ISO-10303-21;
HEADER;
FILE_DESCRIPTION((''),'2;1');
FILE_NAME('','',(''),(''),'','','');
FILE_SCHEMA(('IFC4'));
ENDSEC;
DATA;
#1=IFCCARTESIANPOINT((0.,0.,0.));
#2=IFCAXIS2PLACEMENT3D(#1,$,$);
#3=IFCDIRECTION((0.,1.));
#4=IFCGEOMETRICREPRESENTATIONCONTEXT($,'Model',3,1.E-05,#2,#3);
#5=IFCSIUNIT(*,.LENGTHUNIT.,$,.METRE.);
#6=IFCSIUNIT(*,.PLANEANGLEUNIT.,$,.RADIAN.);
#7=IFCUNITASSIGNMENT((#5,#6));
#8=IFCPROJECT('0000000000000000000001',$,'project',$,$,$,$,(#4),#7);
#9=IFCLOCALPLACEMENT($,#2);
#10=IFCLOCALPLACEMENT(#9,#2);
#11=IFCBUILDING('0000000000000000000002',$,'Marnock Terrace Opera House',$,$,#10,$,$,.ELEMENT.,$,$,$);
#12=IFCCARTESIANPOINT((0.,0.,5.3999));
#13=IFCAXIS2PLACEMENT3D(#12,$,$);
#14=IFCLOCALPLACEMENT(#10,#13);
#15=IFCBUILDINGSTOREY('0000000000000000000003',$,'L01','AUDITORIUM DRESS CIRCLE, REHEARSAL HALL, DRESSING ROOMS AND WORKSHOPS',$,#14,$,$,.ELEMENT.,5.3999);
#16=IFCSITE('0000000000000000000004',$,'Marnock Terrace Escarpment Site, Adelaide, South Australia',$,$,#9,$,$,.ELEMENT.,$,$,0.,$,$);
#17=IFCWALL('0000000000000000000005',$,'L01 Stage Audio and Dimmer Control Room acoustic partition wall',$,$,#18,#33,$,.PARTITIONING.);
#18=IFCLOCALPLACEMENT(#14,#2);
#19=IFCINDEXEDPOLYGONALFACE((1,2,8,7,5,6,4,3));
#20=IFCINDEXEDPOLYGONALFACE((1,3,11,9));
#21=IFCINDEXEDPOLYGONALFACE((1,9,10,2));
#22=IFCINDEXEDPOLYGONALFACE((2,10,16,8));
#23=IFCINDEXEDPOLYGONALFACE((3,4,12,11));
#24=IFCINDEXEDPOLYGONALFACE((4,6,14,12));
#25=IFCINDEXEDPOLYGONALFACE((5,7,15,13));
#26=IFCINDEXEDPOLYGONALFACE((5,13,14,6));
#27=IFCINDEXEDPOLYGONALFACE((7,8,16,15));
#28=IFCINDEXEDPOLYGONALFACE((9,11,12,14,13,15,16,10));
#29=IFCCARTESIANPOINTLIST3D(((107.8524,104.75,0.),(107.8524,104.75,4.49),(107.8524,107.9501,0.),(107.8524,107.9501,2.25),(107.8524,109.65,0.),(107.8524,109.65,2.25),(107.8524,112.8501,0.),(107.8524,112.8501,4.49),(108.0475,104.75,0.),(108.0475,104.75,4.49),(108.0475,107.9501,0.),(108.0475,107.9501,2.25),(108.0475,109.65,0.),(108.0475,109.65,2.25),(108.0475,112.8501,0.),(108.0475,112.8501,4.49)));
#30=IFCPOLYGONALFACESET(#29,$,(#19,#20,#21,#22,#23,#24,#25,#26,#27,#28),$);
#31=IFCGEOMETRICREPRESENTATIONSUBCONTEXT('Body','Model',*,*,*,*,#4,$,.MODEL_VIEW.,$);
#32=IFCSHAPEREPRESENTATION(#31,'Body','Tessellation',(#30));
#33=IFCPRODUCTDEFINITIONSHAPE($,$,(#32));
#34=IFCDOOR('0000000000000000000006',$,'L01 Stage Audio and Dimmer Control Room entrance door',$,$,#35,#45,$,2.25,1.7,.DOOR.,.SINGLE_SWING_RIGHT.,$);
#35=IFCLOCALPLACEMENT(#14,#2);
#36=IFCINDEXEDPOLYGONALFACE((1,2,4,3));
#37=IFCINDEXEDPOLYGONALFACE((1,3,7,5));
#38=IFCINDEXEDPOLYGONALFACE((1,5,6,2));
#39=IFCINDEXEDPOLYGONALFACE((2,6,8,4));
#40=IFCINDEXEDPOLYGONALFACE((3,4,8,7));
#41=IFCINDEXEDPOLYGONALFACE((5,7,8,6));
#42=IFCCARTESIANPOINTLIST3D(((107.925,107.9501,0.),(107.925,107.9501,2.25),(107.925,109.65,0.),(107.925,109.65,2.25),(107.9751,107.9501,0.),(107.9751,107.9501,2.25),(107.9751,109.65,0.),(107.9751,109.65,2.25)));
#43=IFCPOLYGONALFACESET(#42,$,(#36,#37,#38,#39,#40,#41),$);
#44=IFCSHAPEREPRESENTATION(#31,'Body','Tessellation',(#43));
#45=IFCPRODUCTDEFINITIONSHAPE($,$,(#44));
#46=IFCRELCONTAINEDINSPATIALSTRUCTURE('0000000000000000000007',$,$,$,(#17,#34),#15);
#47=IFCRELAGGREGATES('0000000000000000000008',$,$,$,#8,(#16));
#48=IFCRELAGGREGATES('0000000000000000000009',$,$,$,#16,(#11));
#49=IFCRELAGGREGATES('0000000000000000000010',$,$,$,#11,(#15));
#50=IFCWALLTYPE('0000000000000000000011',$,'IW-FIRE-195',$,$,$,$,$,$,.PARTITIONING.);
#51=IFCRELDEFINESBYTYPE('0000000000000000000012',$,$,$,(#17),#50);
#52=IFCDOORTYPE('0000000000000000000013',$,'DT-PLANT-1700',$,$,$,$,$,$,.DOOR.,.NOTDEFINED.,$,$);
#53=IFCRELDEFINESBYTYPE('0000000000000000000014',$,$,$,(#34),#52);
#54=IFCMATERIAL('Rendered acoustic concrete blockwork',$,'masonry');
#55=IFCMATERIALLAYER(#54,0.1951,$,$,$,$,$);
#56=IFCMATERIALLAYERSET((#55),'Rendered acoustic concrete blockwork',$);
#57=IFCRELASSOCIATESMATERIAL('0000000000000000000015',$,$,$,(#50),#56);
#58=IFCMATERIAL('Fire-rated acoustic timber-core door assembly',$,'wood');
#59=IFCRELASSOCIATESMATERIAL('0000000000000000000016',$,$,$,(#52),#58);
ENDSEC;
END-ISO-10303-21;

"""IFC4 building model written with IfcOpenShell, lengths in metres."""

from ifc_helpers import new_model, si_unit, direction, frame, frame_2d, origin, place, context, subcontext, project, spatial, rectangle, extrude, material, layer, layer_set, type_object, element, fill, save


model = new_model("IFC4")

# Units and contexts
model_context = context("Model", 3, precision=1e-05, world=origin(), true_north=direction((0.0, 1.0)))
body_context = subcontext(model_context, "Body", "Model", "MODEL_VIEW")
ifc_project = project(units=[si_unit("LENGTHUNIT", "METRE"), si_unit("PLANEANGLEUNIT", "RADIAN")], contexts=[model_context])

# Site, building, storey
site_placement = place(None, origin())
site = spatial("IfcSite", under=ifc_project, at=site_placement, Name="Marnock Terrace Escarpment Site, Adelaide, South Australia", CompositionType="ELEMENT", RefElevation=0.0)
building_placement = place(site_placement, origin())
building = spatial("IfcBuilding", under=site, at=building_placement, Name="Marnock Terrace Opera House", CompositionType="ELEMENT")
storey_placement = place(building_placement, frame((0.0, 0.0, 5.3999)))
storey = spatial("IfcBuildingStorey", under=building, at=storey_placement, Name="L01", Description="AUDITORIUM DRESS CIRCLE, REHEARSAL HALL, DRESSING ROOMS AND WORKSHOPS", CompositionType="ELEMENT", Elevation=5.3999)

# Wall, opening, door
ifc_material_1 = material(Name="Rendered acoustic concrete blockwork", Category="masonry")
ifc_layer_1 = layer(ifc_material_1, 0.1951)
ifc_layer_set_1 = layer_set([ifc_layer_1], Name="Rendered acoustic concrete blockwork")
wall_type_1 = type_object("IfcWallType", Name="IW-FIRE-195", PredefinedType="PARTITIONING", material=ifc_layer_set_1)
wall_1_placement = place(storey_placement, frame((107.95, 104.75, 0.0), z_axis=(0.0, 0.0, 1.0), x_axis=(0.0, 1.0, 0.0)))
wall_1 = element("IfcWall", 1, at=wall_1_placement, inside=storey, type_object=wall_type_1, Name="L01 Stage Audio and Dimmer Control Room acoustic partition wall", PredefinedType="PARTITIONING", context=body_context, shape_type="SweptSolid", body=[
    extrude(rectangle(XDim=8.1001, YDim=0.1951, at=frame_2d((4.05, 0.0))), origin(), (0.0, 0.0, 1.0), 4.49),
])
opening_1_placement = place(wall_1_placement, frame((3.2, 0.0, 0.0)))
opening_1 = element("IfcOpeningElement", 2, at=opening_1_placement, cuts=wall_1, PredefinedType="OPENING", context=body_context, shape_type="SweptSolid", body=[
    extrude(rectangle(XDim=1.7, YDim=2.25, at=frame_2d((0.8501, 1.125))), frame((0.0, 0.1074, 0.0), z_axis=(0.0, -1.0, 0.0), x_axis=(1.0, 0.0, 0.0)), (0.0, 0.0, 1.0), 0.2151),
])
ifc_material_2 = material(Name="Fire-rated acoustic timber-core door assembly", Category="wood")
door_type = type_object("IfcDoorType", Name="DT-PLANT-1700", OperationType="NOTDEFINED", PredefinedType="DOOR", material=ifc_material_2)
door_placement = place(opening_1_placement, origin())
door = element("IfcDoor", 3, at=door_placement, inside=storey, type_object=door_type, Name="L01 Stage Audio and Dimmer Control Room entrance door", OperationType="SINGLE_SWING_RIGHT", OverallHeight=2.25, OverallWidth=1.7, PredefinedType="DOOR", context=body_context, shape_type="SweptSolid", body=[
    extrude(rectangle(XDim=1.7, YDim=2.25, at=frame_2d((0.8501, 1.125))), frame((0.0, 0.0249, 0.0), z_axis=(0.0, -1.0, 0.0), x_axis=(1.0, 0.0, 0.0)), (0.0, 0.0, 1.0), 0.05),
])
fill(opening_1, door)

save(model, "model.ifc")
